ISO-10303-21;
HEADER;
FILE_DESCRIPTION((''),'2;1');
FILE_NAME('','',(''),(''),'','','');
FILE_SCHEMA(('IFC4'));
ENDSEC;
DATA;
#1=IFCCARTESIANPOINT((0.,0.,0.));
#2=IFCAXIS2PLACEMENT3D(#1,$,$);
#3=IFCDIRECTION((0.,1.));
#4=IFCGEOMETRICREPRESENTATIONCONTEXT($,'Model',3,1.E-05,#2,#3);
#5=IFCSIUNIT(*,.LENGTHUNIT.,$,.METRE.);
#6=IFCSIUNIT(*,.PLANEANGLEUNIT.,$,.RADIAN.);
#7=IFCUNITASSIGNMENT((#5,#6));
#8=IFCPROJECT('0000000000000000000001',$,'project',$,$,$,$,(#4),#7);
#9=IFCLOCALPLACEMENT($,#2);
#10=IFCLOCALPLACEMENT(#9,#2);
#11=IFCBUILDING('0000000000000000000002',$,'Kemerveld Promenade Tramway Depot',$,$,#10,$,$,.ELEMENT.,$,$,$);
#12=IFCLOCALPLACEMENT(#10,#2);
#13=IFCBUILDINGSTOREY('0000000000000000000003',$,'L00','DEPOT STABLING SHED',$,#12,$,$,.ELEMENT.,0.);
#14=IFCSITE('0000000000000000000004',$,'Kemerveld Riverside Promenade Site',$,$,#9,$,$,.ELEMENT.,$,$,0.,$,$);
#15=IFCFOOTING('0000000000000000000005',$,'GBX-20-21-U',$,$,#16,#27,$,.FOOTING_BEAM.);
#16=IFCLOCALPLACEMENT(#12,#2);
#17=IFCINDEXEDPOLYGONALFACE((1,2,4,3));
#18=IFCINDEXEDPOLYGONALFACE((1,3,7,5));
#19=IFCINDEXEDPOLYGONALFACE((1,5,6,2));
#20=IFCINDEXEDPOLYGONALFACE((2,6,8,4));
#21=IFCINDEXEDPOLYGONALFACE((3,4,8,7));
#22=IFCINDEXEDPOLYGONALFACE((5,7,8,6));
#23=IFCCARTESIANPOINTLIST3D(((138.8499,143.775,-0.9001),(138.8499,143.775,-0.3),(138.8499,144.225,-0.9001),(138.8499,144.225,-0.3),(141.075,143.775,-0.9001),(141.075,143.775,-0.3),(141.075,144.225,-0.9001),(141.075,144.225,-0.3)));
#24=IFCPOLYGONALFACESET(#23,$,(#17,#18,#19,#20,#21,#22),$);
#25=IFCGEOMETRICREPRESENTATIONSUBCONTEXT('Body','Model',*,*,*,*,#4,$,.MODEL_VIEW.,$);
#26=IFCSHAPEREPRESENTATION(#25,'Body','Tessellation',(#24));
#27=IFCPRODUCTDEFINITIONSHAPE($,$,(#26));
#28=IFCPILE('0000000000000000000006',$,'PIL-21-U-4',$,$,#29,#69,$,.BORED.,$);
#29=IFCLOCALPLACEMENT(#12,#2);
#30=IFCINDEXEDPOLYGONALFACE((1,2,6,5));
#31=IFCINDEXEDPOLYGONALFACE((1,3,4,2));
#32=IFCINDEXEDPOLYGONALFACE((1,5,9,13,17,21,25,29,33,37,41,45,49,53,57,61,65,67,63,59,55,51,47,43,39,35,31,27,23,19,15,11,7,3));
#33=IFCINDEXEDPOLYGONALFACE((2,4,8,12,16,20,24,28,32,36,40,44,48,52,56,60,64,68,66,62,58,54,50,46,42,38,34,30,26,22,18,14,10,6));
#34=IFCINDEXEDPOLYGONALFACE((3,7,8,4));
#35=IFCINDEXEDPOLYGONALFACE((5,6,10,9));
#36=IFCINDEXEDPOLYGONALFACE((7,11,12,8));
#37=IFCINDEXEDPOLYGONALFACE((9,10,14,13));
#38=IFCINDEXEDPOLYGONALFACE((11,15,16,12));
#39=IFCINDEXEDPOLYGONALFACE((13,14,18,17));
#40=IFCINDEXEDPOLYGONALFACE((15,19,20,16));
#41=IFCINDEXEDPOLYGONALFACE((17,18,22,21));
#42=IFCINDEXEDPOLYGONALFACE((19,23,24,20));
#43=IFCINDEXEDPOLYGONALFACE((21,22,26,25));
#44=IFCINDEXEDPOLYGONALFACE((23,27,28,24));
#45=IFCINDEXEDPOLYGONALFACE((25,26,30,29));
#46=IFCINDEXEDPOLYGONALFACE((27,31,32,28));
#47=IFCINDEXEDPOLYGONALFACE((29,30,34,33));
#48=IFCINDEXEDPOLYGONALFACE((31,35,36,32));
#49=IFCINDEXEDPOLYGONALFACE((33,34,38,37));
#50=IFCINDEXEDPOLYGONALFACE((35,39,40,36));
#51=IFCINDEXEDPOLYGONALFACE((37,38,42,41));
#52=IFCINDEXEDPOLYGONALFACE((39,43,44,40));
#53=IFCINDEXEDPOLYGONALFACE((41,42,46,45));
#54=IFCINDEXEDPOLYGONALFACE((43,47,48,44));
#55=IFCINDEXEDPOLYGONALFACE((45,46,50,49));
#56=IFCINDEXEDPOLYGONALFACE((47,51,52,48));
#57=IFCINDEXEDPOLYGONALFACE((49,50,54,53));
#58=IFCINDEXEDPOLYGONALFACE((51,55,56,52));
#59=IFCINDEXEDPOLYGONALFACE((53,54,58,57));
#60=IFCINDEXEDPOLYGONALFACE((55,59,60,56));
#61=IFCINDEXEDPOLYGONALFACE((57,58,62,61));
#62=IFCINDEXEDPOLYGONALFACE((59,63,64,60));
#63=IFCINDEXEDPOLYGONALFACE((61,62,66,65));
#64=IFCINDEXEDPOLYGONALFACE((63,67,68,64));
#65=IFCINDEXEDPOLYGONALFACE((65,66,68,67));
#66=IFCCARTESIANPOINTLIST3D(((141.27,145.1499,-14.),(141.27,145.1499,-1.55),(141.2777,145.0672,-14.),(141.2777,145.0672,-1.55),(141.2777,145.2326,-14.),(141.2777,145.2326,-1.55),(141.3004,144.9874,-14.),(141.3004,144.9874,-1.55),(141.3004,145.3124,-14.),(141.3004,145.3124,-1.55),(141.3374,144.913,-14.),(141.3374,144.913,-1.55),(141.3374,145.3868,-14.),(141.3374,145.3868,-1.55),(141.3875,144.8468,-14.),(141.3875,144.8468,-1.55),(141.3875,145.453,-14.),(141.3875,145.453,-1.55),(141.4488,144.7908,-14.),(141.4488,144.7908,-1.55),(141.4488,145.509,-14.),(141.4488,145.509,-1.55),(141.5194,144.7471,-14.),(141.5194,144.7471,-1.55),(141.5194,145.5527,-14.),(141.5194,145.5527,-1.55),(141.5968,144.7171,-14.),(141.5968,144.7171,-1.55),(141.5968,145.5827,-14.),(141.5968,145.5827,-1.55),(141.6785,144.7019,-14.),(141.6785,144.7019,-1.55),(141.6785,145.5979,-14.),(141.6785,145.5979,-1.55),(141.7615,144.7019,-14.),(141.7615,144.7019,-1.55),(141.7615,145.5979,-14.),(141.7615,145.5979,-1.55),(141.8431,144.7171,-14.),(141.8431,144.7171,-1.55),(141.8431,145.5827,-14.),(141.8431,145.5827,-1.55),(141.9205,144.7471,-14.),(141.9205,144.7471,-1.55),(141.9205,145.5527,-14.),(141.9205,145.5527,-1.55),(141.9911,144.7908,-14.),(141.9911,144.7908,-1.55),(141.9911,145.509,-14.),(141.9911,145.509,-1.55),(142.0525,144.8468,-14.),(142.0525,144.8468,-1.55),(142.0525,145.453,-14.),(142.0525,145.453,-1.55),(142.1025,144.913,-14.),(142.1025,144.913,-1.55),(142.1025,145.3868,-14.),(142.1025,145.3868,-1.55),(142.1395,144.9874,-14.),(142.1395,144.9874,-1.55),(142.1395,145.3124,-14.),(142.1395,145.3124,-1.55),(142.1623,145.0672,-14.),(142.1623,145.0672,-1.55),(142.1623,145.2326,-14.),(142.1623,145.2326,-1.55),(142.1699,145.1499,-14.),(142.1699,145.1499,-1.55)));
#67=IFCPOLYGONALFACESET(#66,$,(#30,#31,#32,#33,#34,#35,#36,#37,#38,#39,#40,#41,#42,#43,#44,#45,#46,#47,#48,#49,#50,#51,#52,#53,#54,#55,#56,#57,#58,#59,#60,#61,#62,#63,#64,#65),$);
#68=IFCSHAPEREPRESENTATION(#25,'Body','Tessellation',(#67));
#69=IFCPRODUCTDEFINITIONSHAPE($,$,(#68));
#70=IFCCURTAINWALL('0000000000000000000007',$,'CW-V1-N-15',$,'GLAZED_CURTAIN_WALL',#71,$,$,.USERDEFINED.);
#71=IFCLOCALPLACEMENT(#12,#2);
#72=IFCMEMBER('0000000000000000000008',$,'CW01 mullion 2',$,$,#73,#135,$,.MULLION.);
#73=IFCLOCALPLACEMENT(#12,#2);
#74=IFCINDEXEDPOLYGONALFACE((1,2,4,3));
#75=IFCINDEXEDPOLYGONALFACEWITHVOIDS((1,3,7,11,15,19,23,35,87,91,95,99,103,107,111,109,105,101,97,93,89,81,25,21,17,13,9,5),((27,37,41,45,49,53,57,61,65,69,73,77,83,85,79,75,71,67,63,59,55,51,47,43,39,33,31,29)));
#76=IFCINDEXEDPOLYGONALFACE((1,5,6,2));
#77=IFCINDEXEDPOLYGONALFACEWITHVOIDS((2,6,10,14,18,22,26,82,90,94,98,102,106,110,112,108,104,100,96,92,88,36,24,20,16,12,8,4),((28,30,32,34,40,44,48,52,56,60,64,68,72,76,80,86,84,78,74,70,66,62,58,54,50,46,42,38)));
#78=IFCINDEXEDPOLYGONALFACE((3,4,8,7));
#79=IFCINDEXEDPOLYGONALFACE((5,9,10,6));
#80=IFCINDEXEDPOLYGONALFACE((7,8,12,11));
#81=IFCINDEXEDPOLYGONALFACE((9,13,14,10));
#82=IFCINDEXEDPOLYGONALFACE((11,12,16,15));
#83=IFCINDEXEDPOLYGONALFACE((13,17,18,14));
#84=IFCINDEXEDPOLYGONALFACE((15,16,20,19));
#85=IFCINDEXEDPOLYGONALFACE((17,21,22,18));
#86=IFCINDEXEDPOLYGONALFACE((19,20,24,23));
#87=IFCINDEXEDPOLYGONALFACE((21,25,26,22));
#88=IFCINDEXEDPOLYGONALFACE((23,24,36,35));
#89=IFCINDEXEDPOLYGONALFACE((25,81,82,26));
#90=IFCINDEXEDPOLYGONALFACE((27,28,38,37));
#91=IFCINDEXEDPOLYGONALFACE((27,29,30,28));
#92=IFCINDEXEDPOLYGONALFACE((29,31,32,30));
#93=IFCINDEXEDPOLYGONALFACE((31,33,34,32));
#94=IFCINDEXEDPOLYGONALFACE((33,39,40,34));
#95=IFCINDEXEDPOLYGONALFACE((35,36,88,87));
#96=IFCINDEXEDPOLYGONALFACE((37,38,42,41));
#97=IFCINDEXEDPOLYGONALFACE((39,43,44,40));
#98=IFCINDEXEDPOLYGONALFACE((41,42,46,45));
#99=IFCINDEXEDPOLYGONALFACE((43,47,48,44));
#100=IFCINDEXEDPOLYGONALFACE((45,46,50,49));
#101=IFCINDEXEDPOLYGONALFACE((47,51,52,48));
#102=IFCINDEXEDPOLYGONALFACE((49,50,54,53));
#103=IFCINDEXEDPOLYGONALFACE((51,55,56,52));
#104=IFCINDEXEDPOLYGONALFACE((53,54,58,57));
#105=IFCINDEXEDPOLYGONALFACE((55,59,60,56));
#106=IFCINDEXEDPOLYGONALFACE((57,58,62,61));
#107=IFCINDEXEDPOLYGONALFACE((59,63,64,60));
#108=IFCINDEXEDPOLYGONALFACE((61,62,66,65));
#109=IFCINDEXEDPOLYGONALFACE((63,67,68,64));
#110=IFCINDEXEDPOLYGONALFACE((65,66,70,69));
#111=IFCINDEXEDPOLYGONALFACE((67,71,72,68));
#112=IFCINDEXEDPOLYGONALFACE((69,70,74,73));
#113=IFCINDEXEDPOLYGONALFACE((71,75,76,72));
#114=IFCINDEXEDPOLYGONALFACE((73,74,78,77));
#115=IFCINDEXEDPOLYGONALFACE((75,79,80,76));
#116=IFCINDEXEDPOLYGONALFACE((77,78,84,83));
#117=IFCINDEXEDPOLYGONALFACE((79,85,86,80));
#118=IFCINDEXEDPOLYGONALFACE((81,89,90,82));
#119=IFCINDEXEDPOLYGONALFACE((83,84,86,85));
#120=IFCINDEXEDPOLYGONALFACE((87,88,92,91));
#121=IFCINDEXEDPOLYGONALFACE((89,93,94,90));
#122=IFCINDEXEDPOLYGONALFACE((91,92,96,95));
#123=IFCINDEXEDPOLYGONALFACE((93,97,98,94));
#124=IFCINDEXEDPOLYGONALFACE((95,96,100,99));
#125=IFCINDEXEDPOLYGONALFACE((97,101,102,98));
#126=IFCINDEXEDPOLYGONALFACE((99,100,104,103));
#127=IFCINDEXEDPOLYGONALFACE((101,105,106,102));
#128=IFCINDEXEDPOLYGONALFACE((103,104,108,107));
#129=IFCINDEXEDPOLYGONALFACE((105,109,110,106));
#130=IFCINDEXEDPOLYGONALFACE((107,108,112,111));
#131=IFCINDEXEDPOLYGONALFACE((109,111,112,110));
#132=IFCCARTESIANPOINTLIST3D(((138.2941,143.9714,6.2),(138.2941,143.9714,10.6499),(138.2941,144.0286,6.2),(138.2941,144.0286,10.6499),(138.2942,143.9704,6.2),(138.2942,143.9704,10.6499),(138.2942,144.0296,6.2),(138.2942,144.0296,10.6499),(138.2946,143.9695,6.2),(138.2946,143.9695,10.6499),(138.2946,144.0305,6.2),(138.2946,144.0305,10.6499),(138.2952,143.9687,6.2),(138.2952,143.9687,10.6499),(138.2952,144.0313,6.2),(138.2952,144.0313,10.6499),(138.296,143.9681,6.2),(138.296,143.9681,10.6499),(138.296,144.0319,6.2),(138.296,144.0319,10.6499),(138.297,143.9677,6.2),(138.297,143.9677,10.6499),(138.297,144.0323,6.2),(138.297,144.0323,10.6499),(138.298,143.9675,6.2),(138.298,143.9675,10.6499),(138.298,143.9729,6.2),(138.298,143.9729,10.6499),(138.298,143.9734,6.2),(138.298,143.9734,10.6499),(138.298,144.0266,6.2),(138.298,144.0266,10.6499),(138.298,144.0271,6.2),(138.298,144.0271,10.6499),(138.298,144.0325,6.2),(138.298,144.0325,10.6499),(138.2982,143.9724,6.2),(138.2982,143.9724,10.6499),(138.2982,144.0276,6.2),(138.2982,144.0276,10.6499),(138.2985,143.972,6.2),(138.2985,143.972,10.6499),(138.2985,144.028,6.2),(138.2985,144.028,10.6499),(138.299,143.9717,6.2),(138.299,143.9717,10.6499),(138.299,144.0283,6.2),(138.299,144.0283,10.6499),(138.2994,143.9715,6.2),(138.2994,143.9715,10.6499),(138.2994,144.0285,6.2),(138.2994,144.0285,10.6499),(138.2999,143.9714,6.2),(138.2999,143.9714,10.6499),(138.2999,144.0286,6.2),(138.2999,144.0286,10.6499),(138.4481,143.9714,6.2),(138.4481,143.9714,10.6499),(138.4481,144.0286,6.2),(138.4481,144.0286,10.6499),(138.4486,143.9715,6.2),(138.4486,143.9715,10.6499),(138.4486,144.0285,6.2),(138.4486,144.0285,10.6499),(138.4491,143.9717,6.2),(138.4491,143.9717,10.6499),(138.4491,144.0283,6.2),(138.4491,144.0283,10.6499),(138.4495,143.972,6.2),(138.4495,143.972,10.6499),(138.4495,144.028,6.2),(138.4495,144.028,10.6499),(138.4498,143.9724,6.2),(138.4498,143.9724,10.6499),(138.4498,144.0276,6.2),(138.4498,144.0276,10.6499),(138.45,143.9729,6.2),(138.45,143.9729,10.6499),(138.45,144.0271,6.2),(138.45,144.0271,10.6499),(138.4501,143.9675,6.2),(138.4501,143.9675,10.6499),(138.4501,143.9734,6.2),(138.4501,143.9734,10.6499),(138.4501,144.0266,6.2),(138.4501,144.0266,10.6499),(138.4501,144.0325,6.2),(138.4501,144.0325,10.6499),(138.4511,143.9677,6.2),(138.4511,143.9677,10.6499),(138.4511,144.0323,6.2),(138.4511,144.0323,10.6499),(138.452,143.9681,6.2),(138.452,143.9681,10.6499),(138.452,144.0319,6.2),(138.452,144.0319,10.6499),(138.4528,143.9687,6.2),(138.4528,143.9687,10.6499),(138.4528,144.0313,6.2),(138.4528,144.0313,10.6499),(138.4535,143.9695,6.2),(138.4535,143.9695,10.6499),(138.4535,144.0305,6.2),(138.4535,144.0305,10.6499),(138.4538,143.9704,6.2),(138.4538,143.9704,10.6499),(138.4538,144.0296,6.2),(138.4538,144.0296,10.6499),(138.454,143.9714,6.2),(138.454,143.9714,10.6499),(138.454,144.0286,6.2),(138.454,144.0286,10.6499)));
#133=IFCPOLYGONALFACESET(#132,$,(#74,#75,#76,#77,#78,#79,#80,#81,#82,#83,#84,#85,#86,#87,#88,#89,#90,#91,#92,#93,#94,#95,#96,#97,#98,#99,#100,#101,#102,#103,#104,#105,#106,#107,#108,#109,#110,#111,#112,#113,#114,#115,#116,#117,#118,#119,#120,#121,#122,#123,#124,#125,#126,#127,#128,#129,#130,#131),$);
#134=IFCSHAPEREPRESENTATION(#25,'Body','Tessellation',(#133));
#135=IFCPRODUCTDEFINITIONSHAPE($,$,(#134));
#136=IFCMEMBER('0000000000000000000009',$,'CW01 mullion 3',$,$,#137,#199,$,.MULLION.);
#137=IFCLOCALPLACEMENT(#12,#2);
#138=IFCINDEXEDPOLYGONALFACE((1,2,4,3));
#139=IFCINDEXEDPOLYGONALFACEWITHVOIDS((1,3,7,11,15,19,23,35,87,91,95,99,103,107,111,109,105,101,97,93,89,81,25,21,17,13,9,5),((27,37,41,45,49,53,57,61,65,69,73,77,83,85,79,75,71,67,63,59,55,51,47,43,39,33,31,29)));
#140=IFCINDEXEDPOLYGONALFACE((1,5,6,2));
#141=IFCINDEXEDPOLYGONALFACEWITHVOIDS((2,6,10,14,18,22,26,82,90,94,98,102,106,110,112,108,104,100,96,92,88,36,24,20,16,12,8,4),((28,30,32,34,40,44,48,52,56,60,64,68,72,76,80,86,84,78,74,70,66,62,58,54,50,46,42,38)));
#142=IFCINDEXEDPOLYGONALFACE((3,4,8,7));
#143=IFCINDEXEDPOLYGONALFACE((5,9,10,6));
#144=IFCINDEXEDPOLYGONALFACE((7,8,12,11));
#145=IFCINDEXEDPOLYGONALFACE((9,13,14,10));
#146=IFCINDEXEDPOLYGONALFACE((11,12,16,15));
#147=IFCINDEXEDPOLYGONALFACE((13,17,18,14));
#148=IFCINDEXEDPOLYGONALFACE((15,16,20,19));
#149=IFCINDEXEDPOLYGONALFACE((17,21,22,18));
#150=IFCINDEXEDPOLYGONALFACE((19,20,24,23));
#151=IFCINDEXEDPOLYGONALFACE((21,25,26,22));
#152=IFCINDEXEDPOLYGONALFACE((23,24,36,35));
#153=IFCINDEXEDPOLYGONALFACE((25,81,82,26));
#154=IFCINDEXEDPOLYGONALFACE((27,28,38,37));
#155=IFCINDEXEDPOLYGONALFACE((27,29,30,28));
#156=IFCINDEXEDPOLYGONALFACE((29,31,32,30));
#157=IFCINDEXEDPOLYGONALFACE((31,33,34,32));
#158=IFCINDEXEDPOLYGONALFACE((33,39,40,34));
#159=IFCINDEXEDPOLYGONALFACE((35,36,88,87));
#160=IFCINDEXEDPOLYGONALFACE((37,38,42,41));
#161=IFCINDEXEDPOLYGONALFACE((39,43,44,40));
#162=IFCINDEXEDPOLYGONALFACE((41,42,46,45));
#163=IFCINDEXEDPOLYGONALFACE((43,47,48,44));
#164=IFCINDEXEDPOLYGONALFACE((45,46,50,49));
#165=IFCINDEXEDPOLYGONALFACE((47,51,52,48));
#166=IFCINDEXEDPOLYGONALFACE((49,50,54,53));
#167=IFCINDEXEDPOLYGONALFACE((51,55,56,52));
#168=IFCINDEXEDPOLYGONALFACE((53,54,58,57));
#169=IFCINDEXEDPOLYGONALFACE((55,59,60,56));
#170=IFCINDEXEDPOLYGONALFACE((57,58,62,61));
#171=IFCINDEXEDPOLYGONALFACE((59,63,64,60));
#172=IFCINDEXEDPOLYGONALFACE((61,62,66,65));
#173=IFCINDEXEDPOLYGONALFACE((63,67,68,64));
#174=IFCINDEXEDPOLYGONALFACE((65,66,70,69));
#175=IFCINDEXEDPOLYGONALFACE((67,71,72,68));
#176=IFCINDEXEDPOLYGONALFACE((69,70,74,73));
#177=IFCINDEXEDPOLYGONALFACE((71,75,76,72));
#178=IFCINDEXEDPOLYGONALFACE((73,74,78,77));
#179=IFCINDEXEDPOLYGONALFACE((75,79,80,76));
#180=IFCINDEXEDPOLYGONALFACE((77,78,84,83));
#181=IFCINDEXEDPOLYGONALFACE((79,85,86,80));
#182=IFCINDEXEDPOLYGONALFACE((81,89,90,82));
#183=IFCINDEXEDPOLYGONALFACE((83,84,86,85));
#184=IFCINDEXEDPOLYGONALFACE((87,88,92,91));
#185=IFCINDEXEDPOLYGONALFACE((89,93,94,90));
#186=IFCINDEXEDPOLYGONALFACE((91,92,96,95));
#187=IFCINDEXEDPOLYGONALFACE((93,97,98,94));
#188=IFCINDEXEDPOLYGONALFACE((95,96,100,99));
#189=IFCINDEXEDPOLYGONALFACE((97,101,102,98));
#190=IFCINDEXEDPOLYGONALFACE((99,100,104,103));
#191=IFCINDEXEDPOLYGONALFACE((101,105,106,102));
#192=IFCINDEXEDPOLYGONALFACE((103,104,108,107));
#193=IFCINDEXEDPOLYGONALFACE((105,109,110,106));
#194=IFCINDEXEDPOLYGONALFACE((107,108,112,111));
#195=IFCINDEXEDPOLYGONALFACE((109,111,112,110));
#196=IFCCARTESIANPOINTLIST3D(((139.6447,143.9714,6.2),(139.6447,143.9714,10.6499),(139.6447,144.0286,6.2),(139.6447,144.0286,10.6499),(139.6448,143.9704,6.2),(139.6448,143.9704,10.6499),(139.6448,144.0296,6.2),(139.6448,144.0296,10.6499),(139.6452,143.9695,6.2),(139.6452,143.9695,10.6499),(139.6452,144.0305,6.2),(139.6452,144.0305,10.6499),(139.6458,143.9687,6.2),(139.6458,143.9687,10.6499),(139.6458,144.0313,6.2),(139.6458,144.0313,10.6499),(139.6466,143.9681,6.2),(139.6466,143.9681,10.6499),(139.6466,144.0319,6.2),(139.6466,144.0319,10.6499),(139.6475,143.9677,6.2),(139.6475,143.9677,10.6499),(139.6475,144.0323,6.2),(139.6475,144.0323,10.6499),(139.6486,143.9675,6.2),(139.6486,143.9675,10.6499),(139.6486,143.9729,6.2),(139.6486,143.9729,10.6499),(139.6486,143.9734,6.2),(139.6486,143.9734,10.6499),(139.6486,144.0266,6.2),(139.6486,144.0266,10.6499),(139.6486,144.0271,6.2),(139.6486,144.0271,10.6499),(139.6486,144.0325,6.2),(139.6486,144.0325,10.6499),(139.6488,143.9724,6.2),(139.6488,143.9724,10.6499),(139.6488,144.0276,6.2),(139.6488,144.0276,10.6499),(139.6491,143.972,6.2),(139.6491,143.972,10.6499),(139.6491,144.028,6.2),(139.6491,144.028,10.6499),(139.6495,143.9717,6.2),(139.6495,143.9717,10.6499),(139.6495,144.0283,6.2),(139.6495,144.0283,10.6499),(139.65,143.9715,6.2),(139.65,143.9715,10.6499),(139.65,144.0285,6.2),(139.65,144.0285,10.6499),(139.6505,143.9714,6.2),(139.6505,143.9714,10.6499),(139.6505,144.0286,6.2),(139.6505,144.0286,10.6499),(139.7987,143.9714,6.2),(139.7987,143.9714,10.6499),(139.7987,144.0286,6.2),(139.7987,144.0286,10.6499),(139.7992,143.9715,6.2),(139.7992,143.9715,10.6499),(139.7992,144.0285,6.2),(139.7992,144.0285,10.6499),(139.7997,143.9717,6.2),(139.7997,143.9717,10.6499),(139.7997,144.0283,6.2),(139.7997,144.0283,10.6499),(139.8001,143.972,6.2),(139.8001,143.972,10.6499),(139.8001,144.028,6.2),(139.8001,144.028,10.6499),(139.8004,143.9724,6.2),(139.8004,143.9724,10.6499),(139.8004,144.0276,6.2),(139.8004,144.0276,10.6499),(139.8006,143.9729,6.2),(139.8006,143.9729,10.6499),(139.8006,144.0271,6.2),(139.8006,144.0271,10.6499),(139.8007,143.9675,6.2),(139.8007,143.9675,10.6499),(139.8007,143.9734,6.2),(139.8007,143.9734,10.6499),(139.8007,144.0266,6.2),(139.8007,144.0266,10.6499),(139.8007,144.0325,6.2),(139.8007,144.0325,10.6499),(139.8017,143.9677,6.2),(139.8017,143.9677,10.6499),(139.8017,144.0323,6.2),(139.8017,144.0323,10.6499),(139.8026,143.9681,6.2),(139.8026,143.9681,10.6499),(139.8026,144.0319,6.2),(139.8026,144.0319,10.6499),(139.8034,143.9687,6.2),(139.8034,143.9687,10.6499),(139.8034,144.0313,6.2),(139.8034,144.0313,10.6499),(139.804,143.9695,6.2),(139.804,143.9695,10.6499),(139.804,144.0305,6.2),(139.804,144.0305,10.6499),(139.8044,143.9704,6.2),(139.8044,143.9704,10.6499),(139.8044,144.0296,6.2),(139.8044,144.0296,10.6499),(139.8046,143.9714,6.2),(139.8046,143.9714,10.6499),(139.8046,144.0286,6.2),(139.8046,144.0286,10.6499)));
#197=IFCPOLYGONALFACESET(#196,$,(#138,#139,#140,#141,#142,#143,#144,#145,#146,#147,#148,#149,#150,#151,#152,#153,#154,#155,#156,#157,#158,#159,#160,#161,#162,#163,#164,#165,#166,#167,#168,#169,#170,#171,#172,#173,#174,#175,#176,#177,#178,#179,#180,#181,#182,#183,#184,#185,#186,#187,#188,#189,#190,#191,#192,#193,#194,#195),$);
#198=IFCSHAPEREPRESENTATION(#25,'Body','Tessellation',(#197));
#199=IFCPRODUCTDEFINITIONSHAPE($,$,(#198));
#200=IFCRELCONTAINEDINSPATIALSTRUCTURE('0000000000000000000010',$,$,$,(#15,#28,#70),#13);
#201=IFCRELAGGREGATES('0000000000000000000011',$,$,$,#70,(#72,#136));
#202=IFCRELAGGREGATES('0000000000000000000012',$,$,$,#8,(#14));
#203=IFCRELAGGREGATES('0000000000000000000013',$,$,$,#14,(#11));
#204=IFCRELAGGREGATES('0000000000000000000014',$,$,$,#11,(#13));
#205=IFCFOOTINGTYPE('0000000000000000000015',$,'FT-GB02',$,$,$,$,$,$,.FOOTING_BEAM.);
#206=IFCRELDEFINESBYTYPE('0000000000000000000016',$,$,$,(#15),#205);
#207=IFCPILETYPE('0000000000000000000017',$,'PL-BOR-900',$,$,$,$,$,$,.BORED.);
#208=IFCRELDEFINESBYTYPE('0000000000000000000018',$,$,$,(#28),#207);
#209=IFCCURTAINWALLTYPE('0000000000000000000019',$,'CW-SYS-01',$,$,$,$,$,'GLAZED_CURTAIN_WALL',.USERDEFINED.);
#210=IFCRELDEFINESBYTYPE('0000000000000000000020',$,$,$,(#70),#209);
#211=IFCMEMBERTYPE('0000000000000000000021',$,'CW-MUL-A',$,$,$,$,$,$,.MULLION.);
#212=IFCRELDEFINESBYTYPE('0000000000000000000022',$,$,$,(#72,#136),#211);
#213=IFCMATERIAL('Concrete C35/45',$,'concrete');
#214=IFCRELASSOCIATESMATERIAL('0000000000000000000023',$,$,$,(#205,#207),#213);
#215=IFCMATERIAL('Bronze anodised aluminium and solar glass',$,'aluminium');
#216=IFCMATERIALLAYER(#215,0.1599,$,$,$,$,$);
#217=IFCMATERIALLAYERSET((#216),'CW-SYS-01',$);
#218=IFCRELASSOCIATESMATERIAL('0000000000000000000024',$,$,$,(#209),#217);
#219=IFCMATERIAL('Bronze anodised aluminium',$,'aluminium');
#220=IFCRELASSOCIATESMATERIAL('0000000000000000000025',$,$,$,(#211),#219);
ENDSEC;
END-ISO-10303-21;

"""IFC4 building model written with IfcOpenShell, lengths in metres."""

from ifc_helpers import new_model, si_unit, direction, frame, origin, origin_2d, place, context, subcontext, project, spatial, rectangle, hollow_rectangle, circle, extrude, material, layer, layer_set, material_profile, profile_set, type_object, element, aggregate, save


model = new_model("IFC4")

# Units and contexts
model_context = context("Model", 3, precision=1e-05, world=origin(), true_north=direction((0.0, 1.0)))
body_context = subcontext(model_context, "Body", "Model", "MODEL_VIEW")
ifc_project = project(units=[si_unit("LENGTHUNIT", "METRE"), si_unit("PLANEANGLEUNIT", "RADIAN")], contexts=[model_context])

# Site, building, storey
site_placement = place(None, origin())
site = spatial("IfcSite", under=ifc_project, at=site_placement, Name="Kemerveld Riverside Promenade Site", CompositionType="ELEMENT", RefElevation=0.0)
building_placement = place(site_placement, origin())
building = spatial("IfcBuilding", under=site, at=building_placement, Name="Kemerveld Promenade Tramway Depot", CompositionType="ELEMENT")
storey_placement = place(building_placement, origin())
storey = spatial("IfcBuildingStorey", under=building, at=storey_placement, Name="L00", Description="DEPOT STABLING SHED", CompositionType="ELEMENT", Elevation=0.0)

# Footing
ifc_material_1 = material(Name="Concrete C35/45", Category="concrete")
footing_type = type_object("IfcFootingType", Name="FT-GB02", PredefinedType="FOOTING_BEAM", material=ifc_material_1)
footing_placement = place(storey_placement, frame((139.9624, 144.0, -0.9001), z_axis=(0.0, 0.0, 1.0), x_axis=(1.0, 0.0, 0.0)))
element("IfcFooting", 1, at=footing_placement, inside=storey, type_object=footing_type, Name="GBX-20-21-U", PredefinedType="FOOTING_BEAM", context=body_context, shape_type="SweptSolid", body=[
    extrude(rectangle(XDim=2.2251, YDim=0.45, at=origin_2d()), origin(), (0.0, 0.0, 1.0), 0.6001),
])

# Pile
ifc_material_profile_1 = material_profile(ifc_material_1, circle(Radius=0.45, at=origin_2d()), Name="PILE-D900")
ifc_profile_set_1 = profile_set([ifc_material_profile_1], Name="Concrete C35/45")
pile_type = type_object("IfcPileType", Name="PL-BOR-900", PredefinedType="BORED", material=ifc_profile_set_1)
pile_placement = place(storey_placement, frame((141.72, 145.1499, -1.55), z_axis=(0.0, 0.0, -1.0), x_axis=(1.0, 0.0, 0.0)))
element("IfcPile", 2, at=pile_placement, inside=storey, type_object=pile_type, Name="PIL-21-U-4", PredefinedType="BORED", context=body_context, shape_type="SweptSolid", body=[
    extrude(circle(Radius=0.45, at=origin_2d()), origin(), (0.0, 0.0, 1.0), 12.45),
])

# Curtain wall, members
ifc_material_2 = material(Name="Bronze anodised aluminium and solar glass", Category="aluminium")
ifc_layer_1 = layer(ifc_material_2, 0.1599)
ifc_layer_set_1 = layer_set([ifc_layer_1], Name="CW-SYS-01")
curtain_wall_type = type_object("IfcCurtainWallType", Name="CW-SYS-01", ElementType="GLAZED_CURTAIN_WALL", PredefinedType="USERDEFINED", material=ifc_layer_set_1)
curtain_wall_placement = place(storey_placement, origin())
curtain_wall = element("IfcCurtainWall", 3, at=curtain_wall_placement, inside=storey, type_object=curtain_wall_type, Name="CW-V1-N-15", ObjectType="GLAZED_CURTAIN_WALL", PredefinedType="USERDEFINED")
ifc_material_3 = material(Name="Bronze anodised aluminium", Category="aluminium")
ifc_material_profile_2 = material_profile(ifc_material_3, hollow_rectangle(XDim=0.0649, YDim=0.1599, WallThickness=0.0039, InnerFilletRadius=0.002, OuterFilletRadius=0.0039, at=origin_2d()), Name="CW-MUL-160x65")
ifc_profile_set_2 = profile_set([ifc_material_profile_2], Name="Bronze anodised aluminium")
member_type_1 = type_object("IfcMemberType", Name="CW-MUL-A", PredefinedType="MULLION", material=ifc_profile_set_2)
member_1_placement = place(storey_placement, frame((138.374, 144.0, 6.2), z_axis=(0.0, 0.0, 1.0), x_axis=(0.0, 1.0, 0.0)))
member_1 = element("IfcMember", 4, at=member_1_placement, type_object=member_type_1, Name="CW01 mullion 2", PredefinedType="MULLION", context=body_context, shape_type="SweptSolid", body=[
    extrude(hollow_rectangle(XDim=0.0649, YDim=0.1599, WallThickness=0.0039, InnerFilletRadius=0.002, OuterFilletRadius=0.0039, at=origin_2d()), origin(), (0.0, 0.0, 1.0), 4.45),
])
member_2_placement = place(storey_placement, frame((139.7246, 144.0, 6.2), z_axis=(0.0, 0.0, 1.0), x_axis=(0.0, 1.0, 0.0)))
member_2 = element("IfcMember", 5, at=member_2_placement, type_object=member_type_1, Name="CW01 mullion 3", PredefinedType="MULLION", context=body_context, shape_type="SweptSolid", body=[
    extrude(hollow_rectangle(XDim=0.0649, YDim=0.1599, WallThickness=0.0039, InnerFilletRadius=0.002, OuterFilletRadius=0.0039, at=origin_2d()), origin(), (0.0, 0.0, 1.0), 4.45),
])
aggregate(curtain_wall, [member_1, member_2])

save(model, "model.ifc")
